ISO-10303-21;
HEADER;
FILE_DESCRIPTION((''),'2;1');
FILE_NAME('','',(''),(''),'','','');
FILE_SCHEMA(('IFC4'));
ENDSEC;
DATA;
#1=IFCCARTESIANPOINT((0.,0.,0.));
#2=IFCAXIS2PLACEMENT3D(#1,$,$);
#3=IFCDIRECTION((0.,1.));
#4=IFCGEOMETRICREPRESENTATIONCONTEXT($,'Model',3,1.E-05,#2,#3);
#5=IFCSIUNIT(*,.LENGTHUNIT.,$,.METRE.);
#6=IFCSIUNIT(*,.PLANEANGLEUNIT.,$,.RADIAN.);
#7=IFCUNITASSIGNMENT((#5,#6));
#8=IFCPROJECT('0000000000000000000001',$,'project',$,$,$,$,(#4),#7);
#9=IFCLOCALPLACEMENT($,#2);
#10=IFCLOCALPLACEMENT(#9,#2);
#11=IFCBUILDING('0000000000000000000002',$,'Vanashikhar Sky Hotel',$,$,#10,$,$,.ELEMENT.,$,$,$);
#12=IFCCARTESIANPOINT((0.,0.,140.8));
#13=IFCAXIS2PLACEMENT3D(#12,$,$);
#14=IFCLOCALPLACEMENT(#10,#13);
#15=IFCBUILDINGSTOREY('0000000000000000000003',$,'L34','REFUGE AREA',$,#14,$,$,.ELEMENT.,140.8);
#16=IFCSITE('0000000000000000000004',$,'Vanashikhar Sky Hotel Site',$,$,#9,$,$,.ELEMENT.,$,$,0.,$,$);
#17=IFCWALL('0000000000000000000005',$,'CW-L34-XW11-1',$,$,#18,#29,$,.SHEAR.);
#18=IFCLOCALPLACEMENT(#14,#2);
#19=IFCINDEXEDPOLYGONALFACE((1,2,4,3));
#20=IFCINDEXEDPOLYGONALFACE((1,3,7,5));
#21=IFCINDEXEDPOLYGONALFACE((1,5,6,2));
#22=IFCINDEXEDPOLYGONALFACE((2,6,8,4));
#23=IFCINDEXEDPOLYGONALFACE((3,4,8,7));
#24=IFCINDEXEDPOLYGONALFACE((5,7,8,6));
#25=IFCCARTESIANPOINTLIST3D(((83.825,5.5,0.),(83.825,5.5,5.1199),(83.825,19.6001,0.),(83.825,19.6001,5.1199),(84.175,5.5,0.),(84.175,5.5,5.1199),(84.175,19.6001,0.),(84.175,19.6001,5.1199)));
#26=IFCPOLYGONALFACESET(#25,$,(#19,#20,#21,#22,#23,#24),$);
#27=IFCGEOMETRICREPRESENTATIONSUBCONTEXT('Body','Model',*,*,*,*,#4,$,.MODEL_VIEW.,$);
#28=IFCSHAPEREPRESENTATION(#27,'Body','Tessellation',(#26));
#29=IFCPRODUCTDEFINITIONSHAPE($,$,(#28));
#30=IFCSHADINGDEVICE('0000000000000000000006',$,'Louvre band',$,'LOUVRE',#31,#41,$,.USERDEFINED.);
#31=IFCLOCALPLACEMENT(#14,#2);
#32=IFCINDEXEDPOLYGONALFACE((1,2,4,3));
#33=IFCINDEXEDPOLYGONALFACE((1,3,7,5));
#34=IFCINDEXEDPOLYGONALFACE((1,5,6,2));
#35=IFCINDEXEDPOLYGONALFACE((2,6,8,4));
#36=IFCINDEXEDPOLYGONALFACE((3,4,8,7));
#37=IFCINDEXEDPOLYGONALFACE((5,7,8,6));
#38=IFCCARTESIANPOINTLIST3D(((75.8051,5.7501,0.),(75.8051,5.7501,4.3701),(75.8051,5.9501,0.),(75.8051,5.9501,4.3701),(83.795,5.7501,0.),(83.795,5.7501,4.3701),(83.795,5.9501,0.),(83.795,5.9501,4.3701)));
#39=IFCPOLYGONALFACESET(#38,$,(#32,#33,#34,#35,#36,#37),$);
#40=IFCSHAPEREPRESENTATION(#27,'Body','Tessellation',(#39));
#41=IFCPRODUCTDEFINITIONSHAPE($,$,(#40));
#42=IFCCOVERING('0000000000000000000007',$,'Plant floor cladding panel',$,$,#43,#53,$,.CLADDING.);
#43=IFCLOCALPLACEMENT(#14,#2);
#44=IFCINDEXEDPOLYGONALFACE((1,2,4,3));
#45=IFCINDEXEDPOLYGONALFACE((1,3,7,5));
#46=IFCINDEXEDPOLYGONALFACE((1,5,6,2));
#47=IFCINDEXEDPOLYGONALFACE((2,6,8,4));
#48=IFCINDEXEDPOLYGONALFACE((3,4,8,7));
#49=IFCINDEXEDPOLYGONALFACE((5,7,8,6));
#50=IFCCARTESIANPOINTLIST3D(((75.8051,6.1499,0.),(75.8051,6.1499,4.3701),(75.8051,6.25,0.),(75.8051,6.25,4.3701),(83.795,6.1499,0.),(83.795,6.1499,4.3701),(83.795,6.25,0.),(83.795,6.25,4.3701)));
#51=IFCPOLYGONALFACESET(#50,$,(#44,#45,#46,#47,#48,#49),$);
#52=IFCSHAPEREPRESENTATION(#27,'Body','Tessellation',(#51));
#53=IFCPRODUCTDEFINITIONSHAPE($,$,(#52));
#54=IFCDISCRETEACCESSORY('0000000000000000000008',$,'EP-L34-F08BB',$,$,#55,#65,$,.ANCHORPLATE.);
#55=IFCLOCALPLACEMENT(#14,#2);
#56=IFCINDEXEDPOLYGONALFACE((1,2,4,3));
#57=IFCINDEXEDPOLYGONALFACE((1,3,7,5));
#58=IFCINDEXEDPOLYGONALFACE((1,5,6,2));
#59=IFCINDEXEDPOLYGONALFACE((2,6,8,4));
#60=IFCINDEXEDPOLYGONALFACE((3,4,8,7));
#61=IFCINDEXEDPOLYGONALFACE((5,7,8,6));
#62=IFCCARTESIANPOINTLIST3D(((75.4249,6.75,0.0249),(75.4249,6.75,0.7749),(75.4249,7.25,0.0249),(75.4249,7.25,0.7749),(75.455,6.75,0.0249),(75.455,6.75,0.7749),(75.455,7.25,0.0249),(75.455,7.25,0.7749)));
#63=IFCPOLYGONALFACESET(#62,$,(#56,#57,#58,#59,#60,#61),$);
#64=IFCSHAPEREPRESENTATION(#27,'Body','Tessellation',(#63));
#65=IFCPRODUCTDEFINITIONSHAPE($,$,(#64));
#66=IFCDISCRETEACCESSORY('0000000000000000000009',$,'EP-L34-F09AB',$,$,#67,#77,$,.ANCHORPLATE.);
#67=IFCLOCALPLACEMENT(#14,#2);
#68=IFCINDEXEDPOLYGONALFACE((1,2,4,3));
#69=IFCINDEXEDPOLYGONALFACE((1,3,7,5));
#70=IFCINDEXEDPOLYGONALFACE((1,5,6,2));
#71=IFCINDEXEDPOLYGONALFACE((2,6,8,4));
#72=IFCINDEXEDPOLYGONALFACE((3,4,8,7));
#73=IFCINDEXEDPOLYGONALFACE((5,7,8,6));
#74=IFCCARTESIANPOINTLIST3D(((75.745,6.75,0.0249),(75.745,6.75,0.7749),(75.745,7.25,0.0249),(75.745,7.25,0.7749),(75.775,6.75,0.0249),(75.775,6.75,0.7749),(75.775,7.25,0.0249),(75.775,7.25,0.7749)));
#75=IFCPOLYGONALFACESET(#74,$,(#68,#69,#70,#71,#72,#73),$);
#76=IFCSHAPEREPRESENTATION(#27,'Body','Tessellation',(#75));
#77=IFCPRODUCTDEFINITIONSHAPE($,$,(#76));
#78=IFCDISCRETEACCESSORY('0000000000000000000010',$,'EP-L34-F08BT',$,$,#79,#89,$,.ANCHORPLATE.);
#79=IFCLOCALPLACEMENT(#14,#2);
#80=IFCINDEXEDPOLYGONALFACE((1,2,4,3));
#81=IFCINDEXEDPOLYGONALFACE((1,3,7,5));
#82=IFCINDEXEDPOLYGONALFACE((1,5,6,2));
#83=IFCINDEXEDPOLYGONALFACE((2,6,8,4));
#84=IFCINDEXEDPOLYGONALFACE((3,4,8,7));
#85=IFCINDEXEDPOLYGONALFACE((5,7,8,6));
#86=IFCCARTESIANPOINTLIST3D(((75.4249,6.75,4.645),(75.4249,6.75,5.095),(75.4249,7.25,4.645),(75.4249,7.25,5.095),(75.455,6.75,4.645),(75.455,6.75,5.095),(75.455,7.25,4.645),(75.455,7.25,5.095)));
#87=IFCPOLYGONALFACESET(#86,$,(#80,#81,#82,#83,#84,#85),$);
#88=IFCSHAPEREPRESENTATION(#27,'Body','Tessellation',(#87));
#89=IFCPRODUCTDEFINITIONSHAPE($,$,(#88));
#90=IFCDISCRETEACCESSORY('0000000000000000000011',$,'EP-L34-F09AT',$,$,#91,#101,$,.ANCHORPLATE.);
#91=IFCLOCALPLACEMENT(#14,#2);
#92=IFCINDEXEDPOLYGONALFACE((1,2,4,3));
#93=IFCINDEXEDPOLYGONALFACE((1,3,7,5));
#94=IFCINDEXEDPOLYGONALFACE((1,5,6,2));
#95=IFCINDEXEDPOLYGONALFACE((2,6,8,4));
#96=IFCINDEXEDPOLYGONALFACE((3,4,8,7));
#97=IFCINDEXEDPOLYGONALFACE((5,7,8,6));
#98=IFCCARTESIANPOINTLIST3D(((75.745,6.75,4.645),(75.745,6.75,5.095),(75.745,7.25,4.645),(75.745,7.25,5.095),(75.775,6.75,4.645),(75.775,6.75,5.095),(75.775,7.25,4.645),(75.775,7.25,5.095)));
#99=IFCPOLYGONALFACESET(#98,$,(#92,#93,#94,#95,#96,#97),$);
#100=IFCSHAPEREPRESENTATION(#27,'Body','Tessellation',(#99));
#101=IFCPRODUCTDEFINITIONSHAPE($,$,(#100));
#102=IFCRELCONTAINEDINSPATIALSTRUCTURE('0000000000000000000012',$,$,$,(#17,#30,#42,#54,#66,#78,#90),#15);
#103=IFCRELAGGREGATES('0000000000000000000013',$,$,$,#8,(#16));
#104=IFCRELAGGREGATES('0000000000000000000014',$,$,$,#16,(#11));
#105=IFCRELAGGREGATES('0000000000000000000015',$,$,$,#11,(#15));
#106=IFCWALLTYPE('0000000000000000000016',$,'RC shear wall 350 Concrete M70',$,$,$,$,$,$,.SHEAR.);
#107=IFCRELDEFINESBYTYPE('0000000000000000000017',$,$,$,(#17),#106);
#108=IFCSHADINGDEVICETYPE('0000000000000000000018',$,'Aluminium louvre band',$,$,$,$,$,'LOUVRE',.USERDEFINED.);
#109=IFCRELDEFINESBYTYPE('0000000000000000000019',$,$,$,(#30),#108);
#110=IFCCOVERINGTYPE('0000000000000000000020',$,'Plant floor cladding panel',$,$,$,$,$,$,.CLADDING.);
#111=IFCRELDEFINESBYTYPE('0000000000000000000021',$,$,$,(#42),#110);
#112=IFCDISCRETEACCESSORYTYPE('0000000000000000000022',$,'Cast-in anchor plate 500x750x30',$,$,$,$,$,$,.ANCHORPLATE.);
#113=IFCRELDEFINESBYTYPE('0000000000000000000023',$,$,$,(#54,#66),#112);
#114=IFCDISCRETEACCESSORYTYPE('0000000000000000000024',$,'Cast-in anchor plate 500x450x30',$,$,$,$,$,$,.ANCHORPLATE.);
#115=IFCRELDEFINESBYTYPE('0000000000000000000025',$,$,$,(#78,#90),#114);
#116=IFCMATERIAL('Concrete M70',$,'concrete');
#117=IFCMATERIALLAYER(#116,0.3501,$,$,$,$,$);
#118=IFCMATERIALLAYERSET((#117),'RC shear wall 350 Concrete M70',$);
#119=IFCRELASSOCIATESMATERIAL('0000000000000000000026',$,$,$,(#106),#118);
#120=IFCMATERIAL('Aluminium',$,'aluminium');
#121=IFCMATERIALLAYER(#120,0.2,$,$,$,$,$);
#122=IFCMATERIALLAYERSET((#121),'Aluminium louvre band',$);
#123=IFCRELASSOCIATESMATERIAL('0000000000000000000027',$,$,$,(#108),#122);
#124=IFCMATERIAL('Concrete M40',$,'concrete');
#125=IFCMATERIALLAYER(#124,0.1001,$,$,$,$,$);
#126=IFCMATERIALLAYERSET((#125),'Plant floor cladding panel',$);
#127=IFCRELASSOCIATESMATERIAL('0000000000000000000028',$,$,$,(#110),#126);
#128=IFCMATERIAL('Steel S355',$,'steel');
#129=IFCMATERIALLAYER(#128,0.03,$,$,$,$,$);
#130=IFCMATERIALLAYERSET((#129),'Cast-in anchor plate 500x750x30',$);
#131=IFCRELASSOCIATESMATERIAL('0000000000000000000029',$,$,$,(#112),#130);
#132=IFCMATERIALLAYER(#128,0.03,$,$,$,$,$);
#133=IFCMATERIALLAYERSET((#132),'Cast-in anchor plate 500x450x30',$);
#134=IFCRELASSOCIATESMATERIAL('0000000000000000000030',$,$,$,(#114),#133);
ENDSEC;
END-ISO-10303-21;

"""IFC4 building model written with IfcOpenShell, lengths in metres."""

from ifc_helpers import new_model, si_unit, direction, frame, frame_2d, origin, origin_2d, place, context, subcontext, project, spatial, rectangle, extrude, source, transform, mapped, material, layer, layer_set, type_object, element, save


model = new_model("IFC4")

# Units and contexts
model_context = context("Model", 3, precision=1e-05, world=origin(), true_north=direction((0.0, 1.0)))
body_context = subcontext(model_context, "Body", "Model", "MODEL_VIEW")
ifc_project = project(units=[si_unit("LENGTHUNIT", "METRE"), si_unit("PLANEANGLEUNIT", "RADIAN")], contexts=[model_context])

# Site, building, storey
site_placement = place(None, origin())
site = spatial("IfcSite", under=ifc_project, at=site_placement, Name="Vanashikhar Sky Hotel Site", CompositionType="ELEMENT", RefElevation=0.0)
building_placement = place(site_placement, origin())
building = spatial("IfcBuilding", under=site, at=building_placement, Name="Vanashikhar Sky Hotel", CompositionType="ELEMENT")
storey_placement = place(building_placement, frame((0.0, 0.0, 140.8)))
storey = spatial("IfcBuildingStorey", under=building, at=storey_placement, Name="L34", Description="REFUGE AREA", CompositionType="ELEMENT", Elevation=140.8)

# Shared definitions
ifc_material_1 = material(Name="Steel S355", Category="steel")

# Wall
ifc_material_2 = material(Name="Concrete M70", Category="concrete")
ifc_layer_1 = layer(ifc_material_2, 0.3501)
ifc_layer_set_1 = layer_set([ifc_layer_1], Name="RC shear wall 350 Concrete M70")
wall_type = type_object("IfcWallType", Name="RC shear wall 350 Concrete M70", PredefinedType="SHEAR", material=ifc_layer_set_1)
shared_shape_1 = source(origin(), body_context, "Body", "SweptSolid", [
    extrude(rectangle(XDim=14.1001, YDim=0.3501, at=frame_2d((7.05, 0.0))), origin(), (0.0, 0.0, 1.0), 5.1199),
])
for number, where, z_axis, x_axis, name in (
    (1, (84.0, 5.5, 0.0), (0.0, 0.0, 1.0), (0.0, 1.0, 0.0), "CW-L34-XW11-1"),
):
    element("IfcWall", number, at=place(storey_placement, frame(where, z_axis=z_axis, x_axis=x_axis)), inside=storey, type_object=wall_type, Name=name, PredefinedType="SHEAR", context=body_context, shape_type="MappedRepresentation", body=[
        mapped(shared_shape_1, transform((0.0, 0.0, 0.0), scale=1.0)),
    ])

# Shading device
ifc_material_3 = material(Name="Aluminium", Category="aluminium")
ifc_layer_2 = layer(ifc_material_3, 0.2)
ifc_layer_set_2 = layer_set([ifc_layer_2], Name="Aluminium louvre band")
shading_device_type = type_object("IfcShadingDeviceType", Name="Aluminium louvre band", ElementType="LOUVRE", PredefinedType="USERDEFINED", material=ifc_layer_set_2)
shared_shape_2 = source(origin(), body_context, "Body", "SweptSolid", [
    extrude(rectangle(XDim=7.99, YDim=0.2, at=origin_2d()), origin(), (0.0, 0.0, 1.0), 4.3701),
])
shading_device_placement = place(storey_placement, frame((79.8, 5.8501, 0.0), z_axis=(0.0, 0.0, 1.0), x_axis=(1.0, 0.0, 0.0)))
element("IfcShadingDevice", 2, at=shading_device_placement, inside=storey, type_object=shading_device_type, Name="Louvre band", ObjectType="LOUVRE", PredefinedType="USERDEFINED", context=body_context, shape_type="MappedRepresentation", body=[
    mapped(shared_shape_2, transform((0.0, 0.0, 0.0), scale=1.0)),
])

# Covering
ifc_material_4 = material(Name="Concrete M40", Category="concrete")
ifc_layer_3 = layer(ifc_material_4, 0.1001)
ifc_layer_set_3 = layer_set([ifc_layer_3], Name="Plant floor cladding panel")
covering_type = type_object("IfcCoveringType", Name="Plant floor cladding panel", PredefinedType="CLADDING", material=ifc_layer_set_3)
shared_shape_3 = source(origin(), body_context, "Body", "SweptSolid", [
    extrude(rectangle(XDim=7.99, YDim=0.1001, at=origin_2d()), origin(), (0.0, 0.0, 1.0), 4.3701),
])
covering_placement = place(storey_placement, frame((79.8, 6.2, 0.0), z_axis=(0.0, 0.0, 1.0), x_axis=(1.0, 0.0, 0.0)))
element("IfcCovering", 3, at=covering_placement, inside=storey, type_object=covering_type, Name="Plant floor cladding panel", PredefinedType="CLADDING", context=body_context, shape_type="MappedRepresentation", body=[
    mapped(shared_shape_3, transform((0.0, 0.0, 0.0), scale=1.0)),
])

# Discrete accessories
ifc_layer_4 = layer(ifc_material_1, 0.03)
ifc_layer_set_4 = layer_set([ifc_layer_4], Name="Cast-in anchor plate 500x750x30")
discrete_accessory_type_1 = type_object("IfcDiscreteAccessoryType", Name="Cast-in anchor plate 500x750x30", PredefinedType="ANCHORPLATE", material=ifc_layer_set_4)
shared_shape_4 = source(origin(), body_context, "Body", "SweptSolid", [
    extrude(rectangle(XDim=0.03, YDim=0.5, at=origin_2d()), origin(), (0.0, 0.0, 1.0), 0.75),
])
for number, where, z_axis, x_axis, name in (
    (4, (75.4399, 7.0, 0.0249), (0.0, 0.0, 1.0), (1.0, 0.0, 0.0), "EP-L34-F08BB"),
    (5, (75.76, 7.0, 0.0249), (0.0, 0.0, 1.0), (1.0, 0.0, 0.0), "EP-L34-F09AB"),
):
    element("IfcDiscreteAccessory", number, at=place(storey_placement, frame(where, z_axis=z_axis, x_axis=x_axis)), inside=storey, type_object=discrete_accessory_type_1, Name=name, PredefinedType="ANCHORPLATE", context=body_context, shape_type="MappedRepresentation", body=[
        mapped(shared_shape_4, transform((0.0, 0.0, 0.0), scale=1.0)),
    ])
ifc_layer_5 = layer(ifc_material_1, 0.03)
ifc_layer_set_5 = layer_set([ifc_layer_5], Name="Cast-in anchor plate 500x450x30")
discrete_accessory_type_2 = type_object("IfcDiscreteAccessoryType", Name="Cast-in anchor plate 500x450x30", PredefinedType="ANCHORPLATE", material=ifc_layer_set_5)
shared_shape_5 = source(origin(), body_context, "Body", "SweptSolid", [
    extrude(rectangle(XDim=0.03, YDim=0.5, at=origin_2d()), origin(), (0.0, 0.0, 1.0), 0.45),
])
for number, where, z_axis, x_axis, name in (
    (6, (75.4399, 7.0, 4.645), (0.0, 0.0, 1.0), (1.0, 0.0, 0.0), "EP-L34-F08BT"),
    (7, (75.76, 7.0, 4.645), (0.0, 0.0, 1.0), (1.0, 0.0, 0.0), "EP-L34-F09AT"),
):
    element("IfcDiscreteAccessory", number, at=place(storey_placement, frame(where, z_axis=z_axis, x_axis=x_axis)), inside=storey, type_object=discrete_accessory_type_2, Name=name, PredefinedType="ANCHORPLATE", context=body_context, shape_type="MappedRepresentation", body=[
        mapped(shared_shape_5, transform((0.0, 0.0, 0.0), scale=1.0)),
    ])

save(model, "model.ifc")
